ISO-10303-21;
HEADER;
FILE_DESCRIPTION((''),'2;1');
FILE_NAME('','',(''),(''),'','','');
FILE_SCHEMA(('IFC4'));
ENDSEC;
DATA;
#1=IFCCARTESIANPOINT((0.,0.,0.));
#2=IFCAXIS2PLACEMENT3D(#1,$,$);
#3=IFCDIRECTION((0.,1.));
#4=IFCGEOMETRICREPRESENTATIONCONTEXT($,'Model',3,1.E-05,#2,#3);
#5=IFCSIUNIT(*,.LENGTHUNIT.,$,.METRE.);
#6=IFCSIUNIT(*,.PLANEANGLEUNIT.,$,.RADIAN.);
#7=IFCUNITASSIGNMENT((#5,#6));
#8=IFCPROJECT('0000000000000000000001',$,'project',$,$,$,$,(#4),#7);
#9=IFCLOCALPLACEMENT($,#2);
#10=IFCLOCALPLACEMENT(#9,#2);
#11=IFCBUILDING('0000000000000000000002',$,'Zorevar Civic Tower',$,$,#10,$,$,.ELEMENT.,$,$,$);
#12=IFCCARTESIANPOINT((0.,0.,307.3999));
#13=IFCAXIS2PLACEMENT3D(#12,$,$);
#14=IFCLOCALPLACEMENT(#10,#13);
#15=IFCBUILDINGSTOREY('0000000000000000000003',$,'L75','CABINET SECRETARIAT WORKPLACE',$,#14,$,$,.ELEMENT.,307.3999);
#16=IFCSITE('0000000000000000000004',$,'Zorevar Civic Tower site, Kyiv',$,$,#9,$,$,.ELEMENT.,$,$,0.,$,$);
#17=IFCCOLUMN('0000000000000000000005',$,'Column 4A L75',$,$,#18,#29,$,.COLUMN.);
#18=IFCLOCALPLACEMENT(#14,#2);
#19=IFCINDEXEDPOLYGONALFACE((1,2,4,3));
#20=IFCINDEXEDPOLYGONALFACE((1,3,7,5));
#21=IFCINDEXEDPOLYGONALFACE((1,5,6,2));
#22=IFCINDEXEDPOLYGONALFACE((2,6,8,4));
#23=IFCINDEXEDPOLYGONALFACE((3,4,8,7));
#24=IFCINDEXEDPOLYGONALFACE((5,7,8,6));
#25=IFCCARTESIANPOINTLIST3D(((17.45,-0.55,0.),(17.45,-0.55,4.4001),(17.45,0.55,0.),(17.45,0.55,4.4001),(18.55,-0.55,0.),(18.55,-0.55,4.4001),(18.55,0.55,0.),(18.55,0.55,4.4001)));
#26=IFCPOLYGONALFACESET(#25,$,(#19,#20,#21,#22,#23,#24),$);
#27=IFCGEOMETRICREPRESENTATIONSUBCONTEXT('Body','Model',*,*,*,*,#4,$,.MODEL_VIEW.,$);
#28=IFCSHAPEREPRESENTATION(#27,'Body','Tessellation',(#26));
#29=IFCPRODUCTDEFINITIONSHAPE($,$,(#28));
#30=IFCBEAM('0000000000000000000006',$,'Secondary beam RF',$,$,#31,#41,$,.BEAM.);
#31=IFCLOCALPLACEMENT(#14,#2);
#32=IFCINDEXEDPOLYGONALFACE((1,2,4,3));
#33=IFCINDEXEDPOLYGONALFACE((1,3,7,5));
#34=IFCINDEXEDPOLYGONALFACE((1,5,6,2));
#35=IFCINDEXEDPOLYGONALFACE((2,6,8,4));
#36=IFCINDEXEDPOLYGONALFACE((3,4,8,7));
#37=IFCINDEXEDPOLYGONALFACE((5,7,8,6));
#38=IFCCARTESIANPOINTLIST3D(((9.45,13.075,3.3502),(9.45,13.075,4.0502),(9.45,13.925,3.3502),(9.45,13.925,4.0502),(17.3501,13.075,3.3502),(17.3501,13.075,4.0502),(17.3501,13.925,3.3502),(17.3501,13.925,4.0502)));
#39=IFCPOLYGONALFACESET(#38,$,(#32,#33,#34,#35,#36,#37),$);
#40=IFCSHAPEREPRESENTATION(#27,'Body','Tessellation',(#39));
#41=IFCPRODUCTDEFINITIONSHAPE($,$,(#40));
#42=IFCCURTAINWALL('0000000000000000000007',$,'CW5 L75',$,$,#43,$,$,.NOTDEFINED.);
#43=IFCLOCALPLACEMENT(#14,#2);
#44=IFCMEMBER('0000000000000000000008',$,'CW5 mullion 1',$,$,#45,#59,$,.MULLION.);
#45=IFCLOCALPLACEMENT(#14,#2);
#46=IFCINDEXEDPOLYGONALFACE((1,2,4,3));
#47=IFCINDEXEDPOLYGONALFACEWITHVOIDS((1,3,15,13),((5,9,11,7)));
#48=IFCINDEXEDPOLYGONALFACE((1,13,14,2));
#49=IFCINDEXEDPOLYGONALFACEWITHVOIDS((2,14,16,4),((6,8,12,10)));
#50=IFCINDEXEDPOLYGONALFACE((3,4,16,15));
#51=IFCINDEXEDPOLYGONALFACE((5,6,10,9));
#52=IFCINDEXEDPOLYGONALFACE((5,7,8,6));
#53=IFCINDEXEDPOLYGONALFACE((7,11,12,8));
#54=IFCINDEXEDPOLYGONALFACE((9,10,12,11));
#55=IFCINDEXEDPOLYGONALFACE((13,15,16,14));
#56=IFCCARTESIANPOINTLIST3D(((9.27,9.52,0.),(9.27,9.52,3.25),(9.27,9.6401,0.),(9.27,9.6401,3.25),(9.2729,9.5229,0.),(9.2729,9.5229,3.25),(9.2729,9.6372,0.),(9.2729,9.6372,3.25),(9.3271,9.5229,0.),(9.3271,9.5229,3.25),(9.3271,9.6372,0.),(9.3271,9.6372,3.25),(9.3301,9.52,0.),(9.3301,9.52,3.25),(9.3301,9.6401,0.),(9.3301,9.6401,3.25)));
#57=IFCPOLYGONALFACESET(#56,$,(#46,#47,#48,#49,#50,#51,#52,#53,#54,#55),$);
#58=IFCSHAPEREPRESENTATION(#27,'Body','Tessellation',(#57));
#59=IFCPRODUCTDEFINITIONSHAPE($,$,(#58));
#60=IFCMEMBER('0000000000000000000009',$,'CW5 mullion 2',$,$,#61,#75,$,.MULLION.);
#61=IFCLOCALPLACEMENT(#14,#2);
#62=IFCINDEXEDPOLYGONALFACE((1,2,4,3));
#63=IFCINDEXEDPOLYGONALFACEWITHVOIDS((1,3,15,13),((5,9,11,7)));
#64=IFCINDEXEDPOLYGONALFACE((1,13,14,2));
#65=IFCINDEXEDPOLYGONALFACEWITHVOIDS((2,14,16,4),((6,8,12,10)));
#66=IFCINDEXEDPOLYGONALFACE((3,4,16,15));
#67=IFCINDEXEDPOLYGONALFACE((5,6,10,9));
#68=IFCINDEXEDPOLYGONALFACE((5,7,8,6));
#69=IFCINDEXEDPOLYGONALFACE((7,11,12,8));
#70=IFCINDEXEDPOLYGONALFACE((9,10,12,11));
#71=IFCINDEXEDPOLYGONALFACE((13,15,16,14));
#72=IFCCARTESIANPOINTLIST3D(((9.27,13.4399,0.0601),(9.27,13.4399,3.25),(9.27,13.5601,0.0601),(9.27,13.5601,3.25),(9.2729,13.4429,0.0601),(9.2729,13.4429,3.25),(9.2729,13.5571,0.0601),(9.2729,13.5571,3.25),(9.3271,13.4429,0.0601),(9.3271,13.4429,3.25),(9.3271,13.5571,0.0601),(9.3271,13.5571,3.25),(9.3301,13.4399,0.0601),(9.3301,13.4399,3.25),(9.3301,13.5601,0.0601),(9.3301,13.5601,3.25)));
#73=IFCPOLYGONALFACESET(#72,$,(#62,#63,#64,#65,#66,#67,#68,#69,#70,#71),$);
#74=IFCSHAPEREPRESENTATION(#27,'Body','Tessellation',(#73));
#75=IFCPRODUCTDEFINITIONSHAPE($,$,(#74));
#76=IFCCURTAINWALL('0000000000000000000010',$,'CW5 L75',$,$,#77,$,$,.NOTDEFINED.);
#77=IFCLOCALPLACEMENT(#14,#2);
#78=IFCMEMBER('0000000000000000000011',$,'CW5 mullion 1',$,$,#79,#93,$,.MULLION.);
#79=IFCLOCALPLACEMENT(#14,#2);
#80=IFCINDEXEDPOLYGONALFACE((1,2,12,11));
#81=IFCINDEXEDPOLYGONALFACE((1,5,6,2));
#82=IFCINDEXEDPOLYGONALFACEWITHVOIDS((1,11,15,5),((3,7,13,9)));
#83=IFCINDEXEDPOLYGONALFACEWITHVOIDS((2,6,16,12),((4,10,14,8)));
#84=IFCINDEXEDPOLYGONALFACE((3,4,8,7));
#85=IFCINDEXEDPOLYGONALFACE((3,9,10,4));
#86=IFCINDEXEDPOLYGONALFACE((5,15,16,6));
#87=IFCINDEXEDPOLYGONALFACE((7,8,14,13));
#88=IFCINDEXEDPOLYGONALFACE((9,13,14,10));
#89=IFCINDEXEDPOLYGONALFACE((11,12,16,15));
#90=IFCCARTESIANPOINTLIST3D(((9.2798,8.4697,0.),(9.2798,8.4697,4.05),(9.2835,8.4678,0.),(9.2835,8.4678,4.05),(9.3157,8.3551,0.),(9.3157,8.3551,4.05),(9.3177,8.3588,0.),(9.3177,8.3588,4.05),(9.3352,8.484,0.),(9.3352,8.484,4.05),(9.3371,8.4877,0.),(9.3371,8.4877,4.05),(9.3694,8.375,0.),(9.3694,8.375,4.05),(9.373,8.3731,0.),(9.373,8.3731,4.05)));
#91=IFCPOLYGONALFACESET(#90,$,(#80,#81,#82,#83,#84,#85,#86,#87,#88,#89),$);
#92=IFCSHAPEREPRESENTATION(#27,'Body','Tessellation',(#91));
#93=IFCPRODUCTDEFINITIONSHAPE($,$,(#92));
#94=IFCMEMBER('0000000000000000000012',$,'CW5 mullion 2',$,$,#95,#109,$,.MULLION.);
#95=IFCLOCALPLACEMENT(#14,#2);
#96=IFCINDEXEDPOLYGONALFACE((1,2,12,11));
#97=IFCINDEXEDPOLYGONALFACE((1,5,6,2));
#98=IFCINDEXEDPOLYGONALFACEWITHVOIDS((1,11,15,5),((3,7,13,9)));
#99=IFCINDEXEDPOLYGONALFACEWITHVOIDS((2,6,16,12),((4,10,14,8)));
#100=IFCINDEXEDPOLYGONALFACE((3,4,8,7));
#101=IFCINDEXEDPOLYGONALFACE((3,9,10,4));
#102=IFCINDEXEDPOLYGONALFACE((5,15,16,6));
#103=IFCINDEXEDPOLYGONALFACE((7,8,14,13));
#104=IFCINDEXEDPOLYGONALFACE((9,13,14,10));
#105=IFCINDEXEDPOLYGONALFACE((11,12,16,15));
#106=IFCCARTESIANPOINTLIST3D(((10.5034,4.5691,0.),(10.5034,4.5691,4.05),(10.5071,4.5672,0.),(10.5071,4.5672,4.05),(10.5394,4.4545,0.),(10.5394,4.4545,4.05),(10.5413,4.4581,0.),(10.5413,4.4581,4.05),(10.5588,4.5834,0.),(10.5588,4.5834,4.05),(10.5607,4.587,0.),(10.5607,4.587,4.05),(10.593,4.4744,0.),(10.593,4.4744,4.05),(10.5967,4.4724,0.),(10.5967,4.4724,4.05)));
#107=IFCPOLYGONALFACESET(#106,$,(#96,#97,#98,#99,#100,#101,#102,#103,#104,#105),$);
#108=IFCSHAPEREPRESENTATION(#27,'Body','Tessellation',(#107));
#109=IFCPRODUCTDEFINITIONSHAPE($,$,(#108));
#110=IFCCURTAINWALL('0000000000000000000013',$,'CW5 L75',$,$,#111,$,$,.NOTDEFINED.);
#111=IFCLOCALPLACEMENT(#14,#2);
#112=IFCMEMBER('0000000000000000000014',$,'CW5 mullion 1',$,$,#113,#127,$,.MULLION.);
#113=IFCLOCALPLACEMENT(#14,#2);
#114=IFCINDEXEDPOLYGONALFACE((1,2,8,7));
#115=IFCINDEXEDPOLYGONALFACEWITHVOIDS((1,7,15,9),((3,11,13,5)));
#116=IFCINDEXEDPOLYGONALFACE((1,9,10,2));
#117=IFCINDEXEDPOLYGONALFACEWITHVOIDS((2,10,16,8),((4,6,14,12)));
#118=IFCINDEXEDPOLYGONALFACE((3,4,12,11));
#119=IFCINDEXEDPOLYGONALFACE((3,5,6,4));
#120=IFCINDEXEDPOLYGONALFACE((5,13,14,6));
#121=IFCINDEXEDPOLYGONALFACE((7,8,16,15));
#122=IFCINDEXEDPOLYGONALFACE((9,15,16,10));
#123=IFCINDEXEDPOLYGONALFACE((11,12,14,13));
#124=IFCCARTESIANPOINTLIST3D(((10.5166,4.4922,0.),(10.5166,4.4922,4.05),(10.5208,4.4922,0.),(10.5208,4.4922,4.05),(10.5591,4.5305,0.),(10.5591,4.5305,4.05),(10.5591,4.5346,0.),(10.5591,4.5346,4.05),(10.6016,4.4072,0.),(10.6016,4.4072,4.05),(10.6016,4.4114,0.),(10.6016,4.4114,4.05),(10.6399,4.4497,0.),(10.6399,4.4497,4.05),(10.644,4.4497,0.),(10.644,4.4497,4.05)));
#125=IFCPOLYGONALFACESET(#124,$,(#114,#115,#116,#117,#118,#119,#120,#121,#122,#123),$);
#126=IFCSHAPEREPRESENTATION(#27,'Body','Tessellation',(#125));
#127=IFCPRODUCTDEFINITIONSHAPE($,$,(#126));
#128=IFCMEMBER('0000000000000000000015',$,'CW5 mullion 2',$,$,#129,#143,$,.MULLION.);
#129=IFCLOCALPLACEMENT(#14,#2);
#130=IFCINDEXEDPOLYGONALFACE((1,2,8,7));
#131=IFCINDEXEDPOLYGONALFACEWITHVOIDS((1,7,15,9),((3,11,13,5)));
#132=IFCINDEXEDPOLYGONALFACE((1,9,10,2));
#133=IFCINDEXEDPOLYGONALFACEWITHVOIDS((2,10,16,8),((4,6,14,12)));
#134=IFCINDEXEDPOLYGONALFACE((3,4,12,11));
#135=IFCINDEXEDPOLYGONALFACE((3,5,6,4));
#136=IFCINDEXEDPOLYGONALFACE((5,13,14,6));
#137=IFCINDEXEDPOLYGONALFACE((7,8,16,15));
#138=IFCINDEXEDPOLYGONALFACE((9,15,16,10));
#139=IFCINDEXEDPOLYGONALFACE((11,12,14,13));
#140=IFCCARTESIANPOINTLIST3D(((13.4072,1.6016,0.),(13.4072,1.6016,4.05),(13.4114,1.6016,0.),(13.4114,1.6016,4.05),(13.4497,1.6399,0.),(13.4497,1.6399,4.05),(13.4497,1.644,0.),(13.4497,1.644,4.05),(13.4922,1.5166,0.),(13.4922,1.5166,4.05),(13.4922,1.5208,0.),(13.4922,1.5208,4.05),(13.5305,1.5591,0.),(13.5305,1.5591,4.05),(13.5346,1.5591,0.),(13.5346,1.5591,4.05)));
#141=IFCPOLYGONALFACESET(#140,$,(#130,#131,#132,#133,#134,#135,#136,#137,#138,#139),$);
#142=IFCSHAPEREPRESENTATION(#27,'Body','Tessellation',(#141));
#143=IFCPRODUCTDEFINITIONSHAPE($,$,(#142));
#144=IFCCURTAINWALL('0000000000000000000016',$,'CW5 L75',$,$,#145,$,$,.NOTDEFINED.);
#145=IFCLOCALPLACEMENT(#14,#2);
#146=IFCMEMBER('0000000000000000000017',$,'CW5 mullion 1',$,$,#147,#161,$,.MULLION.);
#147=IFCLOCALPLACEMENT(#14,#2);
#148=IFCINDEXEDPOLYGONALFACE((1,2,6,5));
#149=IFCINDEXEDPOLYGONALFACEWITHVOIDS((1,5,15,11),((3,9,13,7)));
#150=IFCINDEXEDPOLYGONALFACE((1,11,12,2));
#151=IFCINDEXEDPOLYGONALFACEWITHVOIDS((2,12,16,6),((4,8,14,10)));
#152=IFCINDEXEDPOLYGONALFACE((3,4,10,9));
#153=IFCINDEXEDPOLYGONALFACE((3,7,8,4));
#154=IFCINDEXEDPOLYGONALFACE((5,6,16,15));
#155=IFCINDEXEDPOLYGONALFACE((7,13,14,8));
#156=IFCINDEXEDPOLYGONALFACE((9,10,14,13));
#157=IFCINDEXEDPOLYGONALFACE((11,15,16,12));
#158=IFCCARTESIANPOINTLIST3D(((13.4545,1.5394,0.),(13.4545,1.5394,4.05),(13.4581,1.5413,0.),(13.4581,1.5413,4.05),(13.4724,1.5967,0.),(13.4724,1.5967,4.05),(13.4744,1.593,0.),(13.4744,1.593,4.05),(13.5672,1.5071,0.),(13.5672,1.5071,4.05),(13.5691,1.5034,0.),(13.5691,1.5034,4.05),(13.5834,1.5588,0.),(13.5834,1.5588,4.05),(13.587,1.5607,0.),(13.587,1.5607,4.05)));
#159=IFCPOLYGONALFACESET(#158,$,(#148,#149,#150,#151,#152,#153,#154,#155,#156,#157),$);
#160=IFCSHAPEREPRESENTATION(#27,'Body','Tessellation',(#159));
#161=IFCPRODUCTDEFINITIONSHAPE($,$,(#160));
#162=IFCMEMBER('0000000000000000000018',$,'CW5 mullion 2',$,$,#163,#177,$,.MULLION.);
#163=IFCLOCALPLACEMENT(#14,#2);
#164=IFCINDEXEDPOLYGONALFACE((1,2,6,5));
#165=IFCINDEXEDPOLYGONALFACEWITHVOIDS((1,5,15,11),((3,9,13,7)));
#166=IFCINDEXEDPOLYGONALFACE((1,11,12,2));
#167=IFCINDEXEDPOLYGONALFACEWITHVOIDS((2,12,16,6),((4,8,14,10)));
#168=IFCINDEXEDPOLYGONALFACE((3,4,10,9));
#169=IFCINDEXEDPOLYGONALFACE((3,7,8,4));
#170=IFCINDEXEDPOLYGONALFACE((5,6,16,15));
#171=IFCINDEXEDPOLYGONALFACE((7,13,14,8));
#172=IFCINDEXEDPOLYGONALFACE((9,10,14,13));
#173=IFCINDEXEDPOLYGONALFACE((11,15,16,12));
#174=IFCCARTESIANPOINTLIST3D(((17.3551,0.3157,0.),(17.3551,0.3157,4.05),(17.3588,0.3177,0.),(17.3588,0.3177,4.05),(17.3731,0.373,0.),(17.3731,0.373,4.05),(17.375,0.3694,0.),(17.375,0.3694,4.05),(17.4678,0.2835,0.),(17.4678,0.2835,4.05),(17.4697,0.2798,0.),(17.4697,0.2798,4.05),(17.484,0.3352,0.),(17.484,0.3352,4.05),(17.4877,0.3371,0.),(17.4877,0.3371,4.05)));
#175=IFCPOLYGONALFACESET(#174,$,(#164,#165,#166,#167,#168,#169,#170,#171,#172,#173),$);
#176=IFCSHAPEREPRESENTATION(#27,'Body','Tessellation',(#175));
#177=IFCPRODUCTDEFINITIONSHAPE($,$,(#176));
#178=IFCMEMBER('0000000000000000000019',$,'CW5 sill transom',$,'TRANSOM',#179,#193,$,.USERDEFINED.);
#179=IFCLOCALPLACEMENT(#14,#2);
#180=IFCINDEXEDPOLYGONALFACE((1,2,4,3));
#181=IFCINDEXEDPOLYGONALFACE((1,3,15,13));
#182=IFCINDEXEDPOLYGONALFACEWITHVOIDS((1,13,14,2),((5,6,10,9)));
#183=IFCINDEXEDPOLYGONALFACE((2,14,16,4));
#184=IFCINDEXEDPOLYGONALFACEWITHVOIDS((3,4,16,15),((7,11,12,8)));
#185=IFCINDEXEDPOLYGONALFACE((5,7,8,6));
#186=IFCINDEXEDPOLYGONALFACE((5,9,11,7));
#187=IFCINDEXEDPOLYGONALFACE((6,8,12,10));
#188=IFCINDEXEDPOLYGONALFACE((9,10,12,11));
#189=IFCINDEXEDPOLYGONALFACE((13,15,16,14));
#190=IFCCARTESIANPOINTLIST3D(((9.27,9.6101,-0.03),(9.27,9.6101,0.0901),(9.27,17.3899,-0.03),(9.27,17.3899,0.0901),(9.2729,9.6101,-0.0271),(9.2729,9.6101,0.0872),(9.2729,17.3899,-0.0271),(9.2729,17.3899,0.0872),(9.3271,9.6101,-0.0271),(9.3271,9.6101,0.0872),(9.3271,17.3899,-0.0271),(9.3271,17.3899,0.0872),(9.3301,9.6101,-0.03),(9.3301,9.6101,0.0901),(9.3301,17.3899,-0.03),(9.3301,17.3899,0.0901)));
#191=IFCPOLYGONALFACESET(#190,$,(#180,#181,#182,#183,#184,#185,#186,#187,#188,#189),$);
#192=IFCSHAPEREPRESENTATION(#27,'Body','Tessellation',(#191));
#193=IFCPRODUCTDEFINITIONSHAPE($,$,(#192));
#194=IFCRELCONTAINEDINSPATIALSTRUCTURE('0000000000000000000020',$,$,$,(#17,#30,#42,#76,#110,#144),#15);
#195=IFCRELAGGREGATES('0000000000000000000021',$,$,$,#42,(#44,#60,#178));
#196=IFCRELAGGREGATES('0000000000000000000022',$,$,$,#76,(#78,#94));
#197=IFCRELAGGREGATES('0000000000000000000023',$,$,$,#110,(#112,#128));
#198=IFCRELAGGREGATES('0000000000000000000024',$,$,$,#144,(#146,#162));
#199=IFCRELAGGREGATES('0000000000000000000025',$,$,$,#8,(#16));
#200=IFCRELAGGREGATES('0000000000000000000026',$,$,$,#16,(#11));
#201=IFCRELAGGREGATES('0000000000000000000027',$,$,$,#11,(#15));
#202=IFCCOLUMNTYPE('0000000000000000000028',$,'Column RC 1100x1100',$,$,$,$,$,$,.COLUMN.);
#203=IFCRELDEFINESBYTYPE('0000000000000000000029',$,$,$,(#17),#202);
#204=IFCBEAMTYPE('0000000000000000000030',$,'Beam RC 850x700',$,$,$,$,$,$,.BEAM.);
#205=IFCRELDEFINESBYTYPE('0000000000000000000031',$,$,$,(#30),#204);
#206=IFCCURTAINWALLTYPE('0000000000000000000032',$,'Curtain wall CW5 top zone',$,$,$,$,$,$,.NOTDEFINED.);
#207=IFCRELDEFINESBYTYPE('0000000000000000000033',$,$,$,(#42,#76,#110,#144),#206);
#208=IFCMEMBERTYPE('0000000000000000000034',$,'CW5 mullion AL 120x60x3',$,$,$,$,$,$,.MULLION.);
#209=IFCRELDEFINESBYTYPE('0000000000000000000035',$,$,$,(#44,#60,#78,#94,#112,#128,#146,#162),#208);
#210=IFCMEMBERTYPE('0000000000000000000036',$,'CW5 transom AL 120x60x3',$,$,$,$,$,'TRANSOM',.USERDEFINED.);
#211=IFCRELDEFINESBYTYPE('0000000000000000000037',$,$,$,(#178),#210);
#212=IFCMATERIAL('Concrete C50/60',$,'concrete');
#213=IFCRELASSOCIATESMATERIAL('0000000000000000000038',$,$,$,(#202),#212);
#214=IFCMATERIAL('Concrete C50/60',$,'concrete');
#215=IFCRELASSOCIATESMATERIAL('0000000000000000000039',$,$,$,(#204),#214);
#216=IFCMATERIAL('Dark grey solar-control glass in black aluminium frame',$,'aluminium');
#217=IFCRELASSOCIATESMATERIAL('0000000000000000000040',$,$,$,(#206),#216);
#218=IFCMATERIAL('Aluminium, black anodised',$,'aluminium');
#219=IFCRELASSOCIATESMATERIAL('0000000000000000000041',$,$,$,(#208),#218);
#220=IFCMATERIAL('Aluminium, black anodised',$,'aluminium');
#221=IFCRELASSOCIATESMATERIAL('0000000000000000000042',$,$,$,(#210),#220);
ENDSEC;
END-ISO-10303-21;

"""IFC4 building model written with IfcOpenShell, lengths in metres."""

from ifc_helpers import new_model, si_unit, direction, frame, origin, origin_2d, place, context, subcontext, project, spatial, rectangle, hollow_rectangle, extrude, material, material_profile, profile_set, type_object, element, aggregate, save


model = new_model("IFC4")

# Units and contexts
model_context = context("Model", 3, precision=1e-05, world=origin(), true_north=direction((0.0, 1.0)))
body_context = subcontext(model_context, "Body", "Model", "MODEL_VIEW")
ifc_project = project(units=[si_unit("LENGTHUNIT", "METRE"), si_unit("PLANEANGLEUNIT", "RADIAN")], contexts=[model_context])

# Site, building, storey
site_placement = place(None, origin())
site = spatial("IfcSite", under=ifc_project, at=site_placement, Name="Zorevar Civic Tower site, Kyiv", CompositionType="ELEMENT", RefElevation=0.0)
building_placement = place(site_placement, origin())
building = spatial("IfcBuilding", under=site, at=building_placement, Name="Zorevar Civic Tower", CompositionType="ELEMENT")
storey_placement = place(building_placement, frame((0.0, 0.0, 307.3999)))
storey = spatial("IfcBuildingStorey", under=building, at=storey_placement, Name="L75", Description="CABINET SECRETARIAT WORKPLACE", CompositionType="ELEMENT", Elevation=307.3999)

# Column
ifc_material_1 = material(Name="Concrete C50/60", Category="concrete")
ifc_material_profile_1 = material_profile(ifc_material_1, rectangle(XDim=1.1001, YDim=1.1001, at=origin_2d()), Name="RC 1100x1100")
ifc_profile_set_1 = profile_set([ifc_material_profile_1], Name="Concrete C50/60")
column_type = type_object("IfcColumnType", Name="Column RC 1100x1100", PredefinedType="COLUMN", material=ifc_profile_set_1)
column_placement = place(storey_placement, frame((18.0, 0.0, 0.0), z_axis=(0.0, 0.0, 1.0), x_axis=(1.0, 0.0, 0.0)))
element("IfcColumn", 1, at=column_placement, inside=storey, type_object=column_type, Name="Column 4A L75", PredefinedType="COLUMN", context=body_context, shape_type="SweptSolid", body=[
    extrude(rectangle(XDim=1.1001, YDim=1.1001, at=origin_2d()), origin(), (0.0, 0.0, 1.0), 4.4001),
])

# Beam
ifc_material_2 = material(Name="Concrete C50/60", Category="concrete")
ifc_material_profile_2 = material_profile(ifc_material_2, rectangle(XDim=0.8501, YDim=0.7, at=origin_2d()), Name="RC 850x700")
ifc_profile_set_2 = profile_set([ifc_material_profile_2], Name="Concrete C50/60")
beam_type_1 = type_object("IfcBeamType", Name="Beam RC 850x700", PredefinedType="BEAM", material=ifc_profile_set_2)
beam_1_placement = place(storey_placement, frame((9.45, 13.5, 3.7002), z_axis=(1.0, 0.0, 0.0), x_axis=(0.0, 1.0, 0.0)))
element("IfcBeam", 2, at=beam_1_placement, inside=storey, type_object=beam_type_1, Name="Secondary beam RF", PredefinedType="BEAM", context=body_context, shape_type="SweptSolid", body=[
    extrude(rectangle(XDim=0.8501, YDim=0.7, at=origin_2d()), origin(), (0.0, 0.0, 1.0), 7.9001),
])

# Curtain walls, members
ifc_material_3 = material(Name="Dark grey solar-control glass in black aluminium frame", Category="aluminium")
curtain_wall_type = type_object("IfcCurtainWallType", Name="Curtain wall CW5 top zone", PredefinedType="NOTDEFINED", material=ifc_material_3)
curtain_wall_1_placement = place(storey_placement, origin())
curtain_wall_1 = element("IfcCurtainWall", 3, at=curtain_wall_1_placement, inside=storey, type_object=curtain_wall_type, Name="CW5 L75", PredefinedType="NOTDEFINED")
ifc_material_4 = material(Name="Aluminium, black anodised", Category="aluminium")
ifc_material_profile_3 = material_profile(ifc_material_4, hollow_rectangle(XDim=0.0601, YDim=0.1201, WallThickness=0.0029, at=origin_2d()), Name="AL 120x60x3")
ifc_profile_set_3 = profile_set([ifc_material_profile_3], Name="Aluminium, black anodised")
member_type_1 = type_object("IfcMemberType", Name="CW5 mullion AL 120x60x3", PredefinedType="MULLION", material=ifc_profile_set_3)
member_1_placement = place(storey_placement, frame((9.3, 9.5801, 0.0), z_axis=(0.0, 0.0, 1.0), x_axis=(-1.0, 0.0, 0.0)))
member_1 = element("IfcMember", 4, at=member_1_placement, type_object=member_type_1, Name="CW5 mullion 1", PredefinedType="MULLION", context=body_context, shape_type="SweptSolid", body=[
    extrude(hollow_rectangle(XDim=0.0601, YDim=0.1201, WallThickness=0.0029, at=origin_2d()), origin(), (0.0, 0.0, 1.0), 3.25),
])
member_2_placement = place(storey_placement, frame((9.3, 13.5, 0.0601), z_axis=(0.0, 0.0, 1.0), x_axis=(-1.0, 0.0, 0.0)))
member_2 = element("IfcMember", 5, at=member_2_placement, type_object=member_type_1, Name="CW5 mullion 2", PredefinedType="MULLION", context=body_context, shape_type="SweptSolid", body=[
    extrude(hollow_rectangle(XDim=0.0601, YDim=0.1201, WallThickness=0.0029, at=origin_2d()), origin(), (0.0, 0.0, 1.0), 3.1899),
])
curtain_wall_2_placement = place(storey_placement, origin())
curtain_wall_2 = element("IfcCurtainWall", 6, at=curtain_wall_2_placement, inside=storey, type_object=curtain_wall_type, Name="CW5 L75", PredefinedType="NOTDEFINED")
member_3_placement = place(storey_placement, frame((9.3264, 8.4214, 0.0), z_axis=(0.0, 0.0, 1.0), x_axis=(0.954153, 0.299318, 0.0)))
member_3 = element("IfcMember", 7, at=member_3_placement, type_object=member_type_1, Name="CW5 mullion 1", PredefinedType="MULLION", context=body_context, shape_type="SweptSolid", body=[
    extrude(hollow_rectangle(XDim=0.0601, YDim=0.1201, WallThickness=0.0029, at=origin_2d()), origin(), (0.0, 0.0, 1.0), 4.05),
])
member_4_placement = place(storey_placement, frame((10.55, 4.5208, 0.0), z_axis=(0.0, 0.0, 1.0), x_axis=(0.954153, 0.299318, 0.0)))
member_4 = element("IfcMember", 8, at=member_4_placement, type_object=member_type_1, Name="CW5 mullion 2", PredefinedType="MULLION", context=body_context, shape_type="SweptSolid", body=[
    extrude(hollow_rectangle(XDim=0.0601, YDim=0.1201, WallThickness=0.0029, at=origin_2d()), origin(), (0.0, 0.0, 1.0), 4.05),
])
curtain_wall_3_placement = place(storey_placement, origin())
curtain_wall_3 = element("IfcCurtainWall", 9, at=curtain_wall_3_placement, inside=storey, type_object=curtain_wall_type, Name="CW5 L75", PredefinedType="NOTDEFINED")
member_5_placement = place(storey_placement, frame((10.5803, 4.4709, 0.0), z_axis=(0.0, 0.0, 1.0), x_axis=(0.707107, 0.707107, 0.0)))
member_5 = element("IfcMember", 10, at=member_5_placement, type_object=member_type_1, Name="CW5 mullion 1", PredefinedType="MULLION", context=body_context, shape_type="SweptSolid", body=[
    extrude(hollow_rectangle(XDim=0.0601, YDim=0.1201, WallThickness=0.0029, at=origin_2d()), origin(), (0.0, 0.0, 1.0), 4.05),
])
member_6_placement = place(storey_placement, frame((13.4709, 1.5803, 0.0), z_axis=(0.0, 0.0, 1.0), x_axis=(0.707107, 0.707107, 0.0)))
member_6 = element("IfcMember", 11, at=member_6_placement, type_object=member_type_1, Name="CW5 mullion 2", PredefinedType="MULLION", context=body_context, shape_type="SweptSolid", body=[
    extrude(hollow_rectangle(XDim=0.0601, YDim=0.1201, WallThickness=0.0029, at=origin_2d()), origin(), (0.0, 0.0, 1.0), 4.05),
])
curtain_wall_4_placement = place(storey_placement, origin())
curtain_wall_4 = element("IfcCurtainWall", 12, at=curtain_wall_4_placement, inside=storey, type_object=curtain_wall_type, Name="CW5 L75", PredefinedType="NOTDEFINED")
member_7_placement = place(storey_placement, frame((13.5208, 1.55, 0.0), z_axis=(0.0, 0.0, 1.0), x_axis=(0.299318, 0.954153, 0.0)))
member_7 = element("IfcMember", 13, at=member_7_placement, type_object=member_type_1, Name="CW5 mullion 1", PredefinedType="MULLION", context=body_context, shape_type="SweptSolid", body=[
    extrude(hollow_rectangle(XDim=0.0601, YDim=0.1201, WallThickness=0.0029, at=origin_2d()), origin(), (0.0, 0.0, 1.0), 4.05),
])
member_8_placement = place(storey_placement, frame((17.4214, 0.3264, 0.0), z_axis=(0.0, 0.0, 1.0), x_axis=(0.299318, 0.954153, 0.0)))
member_8 = element("IfcMember", 14, at=member_8_placement, type_object=member_type_1, Name="CW5 mullion 2", PredefinedType="MULLION", context=body_context, shape_type="SweptSolid", body=[
    extrude(hollow_rectangle(XDim=0.0601, YDim=0.1201, WallThickness=0.0029, at=origin_2d()), origin(), (0.0, 0.0, 1.0), 4.05),
])

# Member
ifc_material_5 = material(Name="Aluminium, black anodised", Category="aluminium")
ifc_material_profile_4 = material_profile(ifc_material_5, hollow_rectangle(XDim=0.0601, YDim=0.1201, WallThickness=0.0029, at=origin_2d()), Name="AL 120x60x3")
ifc_profile_set_4 = profile_set([ifc_material_profile_4], Name="Aluminium, black anodised")
member_type_2 = type_object("IfcMemberType", Name="CW5 transom AL 120x60x3", ElementType="TRANSOM", PredefinedType="USERDEFINED", material=ifc_profile_set_4)
member_9_placement = place(storey_placement, frame((9.3, 9.6101, 0.03), z_axis=(0.0, 1.0, 0.0), x_axis=(-1.0, 0.0, 0.0)))
member_9 = element("IfcMember", 15, at=member_9_placement, type_object=member_type_2, Name="CW5 sill transom", ObjectType="TRANSOM", PredefinedType="USERDEFINED", context=body_context, shape_type="SweptSolid", body=[
    extrude(hollow_rectangle(XDim=0.0601, YDim=0.1201, WallThickness=0.0029, at=origin_2d()), origin(), (0.0, 0.0, 1.0), 7.7798),
])

aggregate(curtain_wall_1, [member_1, member_2, member_9])
aggregate(curtain_wall_2, [member_3, member_4])
aggregate(curtain_wall_3, [member_5, member_6])
aggregate(curtain_wall_4, [member_7, member_8])

save(model, "model.ifc")
